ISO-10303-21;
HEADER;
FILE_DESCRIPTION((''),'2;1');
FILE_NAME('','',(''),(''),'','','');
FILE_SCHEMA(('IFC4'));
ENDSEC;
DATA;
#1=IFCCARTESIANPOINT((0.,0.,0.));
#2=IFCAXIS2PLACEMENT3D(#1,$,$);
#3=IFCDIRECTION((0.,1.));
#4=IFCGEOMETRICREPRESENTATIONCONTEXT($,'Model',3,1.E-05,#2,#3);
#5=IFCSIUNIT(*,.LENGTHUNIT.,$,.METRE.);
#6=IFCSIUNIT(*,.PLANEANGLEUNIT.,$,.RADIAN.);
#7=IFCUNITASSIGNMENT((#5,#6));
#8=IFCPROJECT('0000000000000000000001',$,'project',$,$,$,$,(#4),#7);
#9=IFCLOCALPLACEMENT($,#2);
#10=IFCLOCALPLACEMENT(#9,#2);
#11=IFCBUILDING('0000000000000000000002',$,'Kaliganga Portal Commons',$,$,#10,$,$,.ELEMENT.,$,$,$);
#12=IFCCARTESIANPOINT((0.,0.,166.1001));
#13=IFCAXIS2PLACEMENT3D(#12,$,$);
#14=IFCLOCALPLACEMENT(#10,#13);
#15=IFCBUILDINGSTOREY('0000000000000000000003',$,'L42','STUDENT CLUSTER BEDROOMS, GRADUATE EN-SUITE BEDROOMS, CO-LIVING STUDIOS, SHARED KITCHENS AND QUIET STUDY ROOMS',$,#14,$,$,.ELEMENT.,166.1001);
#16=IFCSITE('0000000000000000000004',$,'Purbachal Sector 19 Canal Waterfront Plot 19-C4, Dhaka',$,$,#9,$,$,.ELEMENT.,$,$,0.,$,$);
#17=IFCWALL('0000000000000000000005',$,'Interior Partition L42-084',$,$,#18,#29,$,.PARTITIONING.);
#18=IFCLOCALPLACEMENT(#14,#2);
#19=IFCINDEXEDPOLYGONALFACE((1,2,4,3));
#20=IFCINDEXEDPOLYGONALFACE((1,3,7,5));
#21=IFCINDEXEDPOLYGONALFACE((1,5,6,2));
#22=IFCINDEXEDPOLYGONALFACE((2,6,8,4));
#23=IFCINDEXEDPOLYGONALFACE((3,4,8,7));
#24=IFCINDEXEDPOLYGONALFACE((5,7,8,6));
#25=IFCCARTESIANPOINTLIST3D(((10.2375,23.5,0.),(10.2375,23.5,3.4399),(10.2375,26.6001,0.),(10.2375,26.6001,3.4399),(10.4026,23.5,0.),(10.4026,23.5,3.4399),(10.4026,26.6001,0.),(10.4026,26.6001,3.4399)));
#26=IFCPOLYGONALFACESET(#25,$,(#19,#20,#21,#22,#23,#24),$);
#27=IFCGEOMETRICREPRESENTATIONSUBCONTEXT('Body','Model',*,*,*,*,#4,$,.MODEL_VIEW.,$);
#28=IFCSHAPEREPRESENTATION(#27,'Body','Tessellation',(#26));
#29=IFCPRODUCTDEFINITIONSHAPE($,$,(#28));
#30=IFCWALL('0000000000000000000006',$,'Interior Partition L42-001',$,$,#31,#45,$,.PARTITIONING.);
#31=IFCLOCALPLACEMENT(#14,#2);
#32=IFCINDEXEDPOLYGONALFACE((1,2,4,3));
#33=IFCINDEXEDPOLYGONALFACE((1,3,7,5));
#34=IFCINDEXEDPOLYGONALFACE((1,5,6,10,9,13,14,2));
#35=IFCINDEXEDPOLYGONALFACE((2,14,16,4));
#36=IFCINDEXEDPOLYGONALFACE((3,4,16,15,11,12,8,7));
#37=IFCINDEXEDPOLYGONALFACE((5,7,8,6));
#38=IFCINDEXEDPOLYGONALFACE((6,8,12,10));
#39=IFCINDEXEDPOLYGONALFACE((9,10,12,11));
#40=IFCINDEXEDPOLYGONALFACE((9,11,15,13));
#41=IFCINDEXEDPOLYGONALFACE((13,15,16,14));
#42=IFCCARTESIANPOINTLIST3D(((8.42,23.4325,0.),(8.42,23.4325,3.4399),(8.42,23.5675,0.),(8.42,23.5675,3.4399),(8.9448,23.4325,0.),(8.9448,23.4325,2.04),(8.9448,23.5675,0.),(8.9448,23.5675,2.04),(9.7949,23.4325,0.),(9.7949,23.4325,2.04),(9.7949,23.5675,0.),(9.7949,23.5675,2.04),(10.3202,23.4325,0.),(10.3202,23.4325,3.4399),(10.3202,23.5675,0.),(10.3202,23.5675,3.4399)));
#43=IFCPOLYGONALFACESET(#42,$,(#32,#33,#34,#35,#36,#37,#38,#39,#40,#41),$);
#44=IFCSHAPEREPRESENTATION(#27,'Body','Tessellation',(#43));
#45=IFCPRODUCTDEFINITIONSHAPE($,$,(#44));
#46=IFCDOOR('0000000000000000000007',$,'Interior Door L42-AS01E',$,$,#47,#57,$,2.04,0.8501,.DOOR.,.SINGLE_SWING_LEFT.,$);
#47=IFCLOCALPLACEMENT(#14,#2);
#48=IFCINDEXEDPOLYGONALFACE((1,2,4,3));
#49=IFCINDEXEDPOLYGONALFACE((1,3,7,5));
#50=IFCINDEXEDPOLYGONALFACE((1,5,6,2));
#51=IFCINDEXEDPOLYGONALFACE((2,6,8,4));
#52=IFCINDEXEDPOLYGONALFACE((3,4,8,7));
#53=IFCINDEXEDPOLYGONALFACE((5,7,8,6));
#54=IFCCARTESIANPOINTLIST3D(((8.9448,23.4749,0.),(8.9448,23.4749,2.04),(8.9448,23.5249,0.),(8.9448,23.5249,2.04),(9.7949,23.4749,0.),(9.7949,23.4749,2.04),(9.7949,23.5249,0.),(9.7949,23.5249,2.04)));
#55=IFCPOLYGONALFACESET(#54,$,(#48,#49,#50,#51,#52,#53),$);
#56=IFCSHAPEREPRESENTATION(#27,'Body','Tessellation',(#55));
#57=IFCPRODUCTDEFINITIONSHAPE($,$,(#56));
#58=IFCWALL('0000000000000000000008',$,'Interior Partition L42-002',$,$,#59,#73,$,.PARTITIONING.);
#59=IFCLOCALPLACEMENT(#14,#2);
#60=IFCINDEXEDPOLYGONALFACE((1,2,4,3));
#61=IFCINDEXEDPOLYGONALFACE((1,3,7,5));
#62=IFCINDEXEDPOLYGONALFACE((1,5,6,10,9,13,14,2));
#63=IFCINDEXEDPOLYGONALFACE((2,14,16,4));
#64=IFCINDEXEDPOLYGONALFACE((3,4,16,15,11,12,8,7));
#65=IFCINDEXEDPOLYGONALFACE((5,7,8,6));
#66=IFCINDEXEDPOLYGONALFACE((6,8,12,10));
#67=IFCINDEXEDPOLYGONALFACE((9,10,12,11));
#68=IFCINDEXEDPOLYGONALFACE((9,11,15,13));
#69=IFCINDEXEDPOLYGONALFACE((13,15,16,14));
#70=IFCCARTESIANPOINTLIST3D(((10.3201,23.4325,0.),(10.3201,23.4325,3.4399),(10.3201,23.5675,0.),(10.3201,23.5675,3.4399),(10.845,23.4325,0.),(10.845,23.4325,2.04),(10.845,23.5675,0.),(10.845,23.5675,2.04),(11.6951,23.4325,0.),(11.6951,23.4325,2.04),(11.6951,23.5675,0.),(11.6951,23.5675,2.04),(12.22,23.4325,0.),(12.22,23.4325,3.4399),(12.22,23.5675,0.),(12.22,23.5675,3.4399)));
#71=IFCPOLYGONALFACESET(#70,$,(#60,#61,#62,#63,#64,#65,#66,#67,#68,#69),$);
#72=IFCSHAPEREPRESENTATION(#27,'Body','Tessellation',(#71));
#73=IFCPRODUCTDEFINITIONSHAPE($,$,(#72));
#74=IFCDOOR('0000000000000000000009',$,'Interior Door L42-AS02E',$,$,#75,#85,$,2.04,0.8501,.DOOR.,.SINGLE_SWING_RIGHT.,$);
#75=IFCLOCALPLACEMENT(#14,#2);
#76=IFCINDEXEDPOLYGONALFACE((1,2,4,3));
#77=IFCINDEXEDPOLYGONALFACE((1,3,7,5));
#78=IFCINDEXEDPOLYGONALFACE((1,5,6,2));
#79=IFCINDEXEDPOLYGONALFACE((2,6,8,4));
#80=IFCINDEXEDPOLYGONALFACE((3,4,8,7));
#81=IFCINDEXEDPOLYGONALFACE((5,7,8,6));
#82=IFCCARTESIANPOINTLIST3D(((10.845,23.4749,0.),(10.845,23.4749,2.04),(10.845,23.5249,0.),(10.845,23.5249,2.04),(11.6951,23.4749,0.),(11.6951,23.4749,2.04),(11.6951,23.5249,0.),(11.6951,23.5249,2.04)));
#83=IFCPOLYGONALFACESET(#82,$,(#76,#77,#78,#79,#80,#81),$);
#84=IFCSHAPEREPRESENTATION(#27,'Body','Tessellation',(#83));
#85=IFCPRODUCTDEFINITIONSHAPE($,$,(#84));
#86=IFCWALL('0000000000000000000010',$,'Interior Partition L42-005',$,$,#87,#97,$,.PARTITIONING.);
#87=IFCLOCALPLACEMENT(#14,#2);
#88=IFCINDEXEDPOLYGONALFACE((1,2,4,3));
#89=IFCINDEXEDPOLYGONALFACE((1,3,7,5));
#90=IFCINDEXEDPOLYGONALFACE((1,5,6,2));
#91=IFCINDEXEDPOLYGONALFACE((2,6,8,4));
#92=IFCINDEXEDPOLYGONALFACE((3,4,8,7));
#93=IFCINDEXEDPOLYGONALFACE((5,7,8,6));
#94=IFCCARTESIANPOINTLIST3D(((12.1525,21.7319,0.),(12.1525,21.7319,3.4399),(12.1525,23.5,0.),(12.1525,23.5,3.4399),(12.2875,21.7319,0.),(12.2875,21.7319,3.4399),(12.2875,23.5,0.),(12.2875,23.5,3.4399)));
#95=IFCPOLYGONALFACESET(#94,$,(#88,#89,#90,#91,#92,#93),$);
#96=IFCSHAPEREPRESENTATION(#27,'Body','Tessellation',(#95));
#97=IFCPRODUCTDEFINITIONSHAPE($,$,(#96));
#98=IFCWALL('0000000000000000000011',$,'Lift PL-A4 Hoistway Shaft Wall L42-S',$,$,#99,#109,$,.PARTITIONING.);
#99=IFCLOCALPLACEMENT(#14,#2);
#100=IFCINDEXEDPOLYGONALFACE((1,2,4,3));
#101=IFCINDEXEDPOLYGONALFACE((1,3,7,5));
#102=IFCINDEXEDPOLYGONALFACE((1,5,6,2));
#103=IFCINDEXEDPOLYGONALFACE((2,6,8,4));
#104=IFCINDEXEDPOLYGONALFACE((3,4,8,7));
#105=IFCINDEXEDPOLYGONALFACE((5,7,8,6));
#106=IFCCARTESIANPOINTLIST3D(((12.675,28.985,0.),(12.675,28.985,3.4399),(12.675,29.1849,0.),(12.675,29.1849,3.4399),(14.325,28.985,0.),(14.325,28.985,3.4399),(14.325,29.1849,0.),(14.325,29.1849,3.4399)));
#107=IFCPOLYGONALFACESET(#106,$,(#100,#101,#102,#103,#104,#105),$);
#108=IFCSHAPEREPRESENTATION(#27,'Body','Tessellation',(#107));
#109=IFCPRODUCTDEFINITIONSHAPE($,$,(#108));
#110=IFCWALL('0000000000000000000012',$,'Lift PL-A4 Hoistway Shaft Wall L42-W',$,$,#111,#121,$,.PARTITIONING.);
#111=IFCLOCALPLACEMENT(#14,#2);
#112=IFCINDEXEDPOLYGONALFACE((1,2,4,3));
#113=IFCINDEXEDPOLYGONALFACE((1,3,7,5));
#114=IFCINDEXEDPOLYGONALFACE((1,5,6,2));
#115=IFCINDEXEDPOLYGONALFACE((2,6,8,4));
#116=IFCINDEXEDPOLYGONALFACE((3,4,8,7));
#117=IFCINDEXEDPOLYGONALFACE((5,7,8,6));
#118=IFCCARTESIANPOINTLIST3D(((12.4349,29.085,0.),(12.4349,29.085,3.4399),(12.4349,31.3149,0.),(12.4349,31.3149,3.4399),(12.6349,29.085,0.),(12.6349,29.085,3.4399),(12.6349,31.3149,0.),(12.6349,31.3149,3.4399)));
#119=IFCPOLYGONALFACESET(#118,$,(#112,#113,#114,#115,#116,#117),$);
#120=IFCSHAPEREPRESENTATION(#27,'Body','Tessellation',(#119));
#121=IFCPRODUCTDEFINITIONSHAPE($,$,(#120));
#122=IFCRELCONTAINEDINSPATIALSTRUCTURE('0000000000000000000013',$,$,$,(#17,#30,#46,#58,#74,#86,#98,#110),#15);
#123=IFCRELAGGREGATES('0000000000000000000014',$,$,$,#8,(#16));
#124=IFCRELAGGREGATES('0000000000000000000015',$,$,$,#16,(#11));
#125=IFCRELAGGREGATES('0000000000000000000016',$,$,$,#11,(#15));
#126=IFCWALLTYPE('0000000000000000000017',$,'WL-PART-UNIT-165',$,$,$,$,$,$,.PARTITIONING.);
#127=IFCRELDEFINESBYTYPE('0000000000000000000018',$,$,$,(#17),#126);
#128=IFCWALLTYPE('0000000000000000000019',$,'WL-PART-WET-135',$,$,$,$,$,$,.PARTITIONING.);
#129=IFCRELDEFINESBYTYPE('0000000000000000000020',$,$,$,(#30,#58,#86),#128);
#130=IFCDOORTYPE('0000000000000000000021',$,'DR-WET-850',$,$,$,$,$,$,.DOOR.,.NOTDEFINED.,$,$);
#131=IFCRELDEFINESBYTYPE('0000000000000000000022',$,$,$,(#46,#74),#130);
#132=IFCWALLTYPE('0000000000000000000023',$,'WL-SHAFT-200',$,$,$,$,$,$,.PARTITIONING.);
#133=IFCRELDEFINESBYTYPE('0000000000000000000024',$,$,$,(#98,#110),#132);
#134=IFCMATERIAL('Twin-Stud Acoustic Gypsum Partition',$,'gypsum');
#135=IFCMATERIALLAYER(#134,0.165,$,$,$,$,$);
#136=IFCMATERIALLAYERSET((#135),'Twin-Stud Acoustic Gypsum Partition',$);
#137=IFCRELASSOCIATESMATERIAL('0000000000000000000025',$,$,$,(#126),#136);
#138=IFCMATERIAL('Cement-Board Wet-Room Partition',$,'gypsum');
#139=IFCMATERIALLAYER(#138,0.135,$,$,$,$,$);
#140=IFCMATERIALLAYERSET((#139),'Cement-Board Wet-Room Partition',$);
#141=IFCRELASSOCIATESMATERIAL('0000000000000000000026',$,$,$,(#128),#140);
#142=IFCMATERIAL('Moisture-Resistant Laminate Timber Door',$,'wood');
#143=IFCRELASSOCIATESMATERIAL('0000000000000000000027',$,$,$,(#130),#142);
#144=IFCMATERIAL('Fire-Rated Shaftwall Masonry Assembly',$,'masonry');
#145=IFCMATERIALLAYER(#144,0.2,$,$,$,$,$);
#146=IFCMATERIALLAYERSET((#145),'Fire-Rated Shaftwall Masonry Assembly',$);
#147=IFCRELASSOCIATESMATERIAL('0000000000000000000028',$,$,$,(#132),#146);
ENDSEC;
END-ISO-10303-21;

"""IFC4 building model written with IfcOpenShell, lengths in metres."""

from ifc_helpers import new_model, si_unit, direction, frame, frame_2d, origin, place, context, subcontext, project, spatial, rectangle, extrude, material, layer, layer_set, type_object, element, fill, save


model = new_model("IFC4")

# Units and contexts
model_context = context("Model", 3, precision=1e-05, world=origin(), true_north=direction((0.0, 1.0)))
body_context = subcontext(model_context, "Body", "Model", "MODEL_VIEW")
ifc_project = project(units=[si_unit("LENGTHUNIT", "METRE"), si_unit("PLANEANGLEUNIT", "RADIAN")], contexts=[model_context])

# Site, building, storey
site_placement = place(None, origin())
site = spatial("IfcSite", under=ifc_project, at=site_placement, Name="Purbachal Sector 19 Canal Waterfront Plot 19-C4, Dhaka", CompositionType="ELEMENT", RefElevation=0.0)
building_placement = place(site_placement, origin())
building = spatial("IfcBuilding", under=site, at=building_placement, Name="Kaliganga Portal Commons", CompositionType="ELEMENT")
storey_placement = place(building_placement, frame((0.0, 0.0, 166.1001)))
storey = spatial("IfcBuildingStorey", under=building, at=storey_placement, Name="L42", Description="STUDENT CLUSTER BEDROOMS, GRADUATE EN-SUITE BEDROOMS, CO-LIVING STUDIOS, SHARED KITCHENS AND QUIET STUDY ROOMS", CompositionType="ELEMENT", Elevation=166.1001)

# Wall
ifc_material_1 = material(Name="Twin-Stud Acoustic Gypsum Partition", Category="gypsum")
ifc_layer_1 = layer(ifc_material_1, 0.165)
ifc_layer_set_1 = layer_set([ifc_layer_1], Name="Twin-Stud Acoustic Gypsum Partition")
wall_type_1 = type_object("IfcWallType", Name="WL-PART-UNIT-165", PredefinedType="PARTITIONING", material=ifc_layer_set_1)
wall_1_placement = place(storey_placement, frame((10.3201, 23.5, 0.0), z_axis=(0.0, 0.0, 1.0), x_axis=(0.0, 1.0, 0.0)))
element("IfcWall", 1, at=wall_1_placement, inside=storey, type_object=wall_type_1, Name="Interior Partition L42-084", PredefinedType="PARTITIONING", context=body_context, shape_type="SweptSolid", body=[
    extrude(rectangle(XDim=3.1001, YDim=0.165, at=frame_2d((1.55, 0.0))), origin(), (0.0, 0.0, 1.0), 3.4399),
])

# Walls, openings, doors
ifc_material_2 = material(Name="Cement-Board Wet-Room Partition", Category="gypsum")
ifc_layer_2 = layer(ifc_material_2, 0.135)
ifc_layer_set_2 = layer_set([ifc_layer_2], Name="Cement-Board Wet-Room Partition")
wall_type_2 = type_object("IfcWallType", Name="WL-PART-WET-135", PredefinedType="PARTITIONING", material=ifc_layer_set_2)
wall_2_placement = place(storey_placement, frame((8.4199, 23.5, 0.0), z_axis=(0.0, 0.0, 1.0), x_axis=(1.0, 0.0, 0.0)))
wall_2 = element("IfcWall", 2, at=wall_2_placement, inside=storey, type_object=wall_type_2, Name="Interior Partition L42-001", PredefinedType="PARTITIONING", context=body_context, shape_type="SweptSolid", body=[
    extrude(rectangle(XDim=1.9001, YDim=0.135, at=frame_2d((0.9502, 0.0))), origin(), (0.0, 0.0, 1.0), 3.4399),
])
opening_1_placement = place(wall_2_placement, frame((0.5249, 0.0, 0.0)))
opening_1 = element("IfcOpeningElement", 3, at=opening_1_placement, cuts=wall_2, PredefinedType="OPENING", context=body_context, shape_type="SweptSolid", body=[
    extrude(rectangle(XDim=0.8501, YDim=2.04, at=frame_2d((0.425, 1.02))), frame((0.0, 0.0776, 0.0), z_axis=(0.0, -1.0, 0.0), x_axis=(1.0, 0.0, 0.0)), (0.0, 0.0, 1.0), 0.155),
])
ifc_material_3 = material(Name="Moisture-Resistant Laminate Timber Door", Category="wood")
door_type_1 = type_object("IfcDoorType", Name="DR-WET-850", OperationType="NOTDEFINED", PredefinedType="DOOR", material=ifc_material_3)
door_1_placement = place(opening_1_placement, origin())
door_1 = element("IfcDoor", 4, at=door_1_placement, inside=storey, type_object=door_type_1, Name="Interior Door L42-AS01E", OperationType="SINGLE_SWING_LEFT", OverallHeight=2.04, OverallWidth=0.8501, PredefinedType="DOOR", context=body_context, shape_type="SweptSolid", body=[
    extrude(rectangle(XDim=0.8501, YDim=2.04, at=frame_2d((0.425, 1.02))), frame((0.0, 0.0249, 0.0), z_axis=(0.0, -1.0, 0.0), x_axis=(1.0, 0.0, 0.0)), (0.0, 0.0, 1.0), 0.05),
])
fill(opening_1, door_1)
wall_3_placement = place(storey_placement, frame((10.3201, 23.5, 0.0), z_axis=(0.0, 0.0, 1.0), x_axis=(1.0, 0.0, 0.0)))
wall_3 = element("IfcWall", 5, at=wall_3_placement, inside=storey, type_object=wall_type_2, Name="Interior Partition L42-002", PredefinedType="PARTITIONING", context=body_context, shape_type="SweptSolid", body=[
    extrude(rectangle(XDim=1.8999, YDim=0.135, at=frame_2d((0.95, 0.0))), origin(), (0.0, 0.0, 1.0), 3.4399),
])
opening_2_placement = place(wall_3_placement, frame((0.5249, 0.0, 0.0)))
opening_2 = element("IfcOpeningElement", 6, at=opening_2_placement, cuts=wall_3, PredefinedType="OPENING", context=body_context, shape_type="SweptSolid", body=[
    extrude(rectangle(XDim=0.8501, YDim=2.04, at=frame_2d((0.425, 1.02))), frame((0.0, 0.0776, 0.0), z_axis=(0.0, -1.0, 0.0), x_axis=(1.0, 0.0, 0.0)), (0.0, 0.0, 1.0), 0.155),
])
door_2_placement = place(opening_2_placement, origin())
door_2 = element("IfcDoor", 7, at=door_2_placement, inside=storey, type_object=door_type_1, Name="Interior Door L42-AS02E", OperationType="SINGLE_SWING_RIGHT", OverallHeight=2.04, OverallWidth=0.8501, PredefinedType="DOOR", context=body_context, shape_type="SweptSolid", body=[
    extrude(rectangle(XDim=0.8501, YDim=2.04, at=frame_2d((0.425, 1.02))), frame((0.0, 0.0249, 0.0), z_axis=(0.0, -1.0, 0.0), x_axis=(1.0, 0.0, 0.0)), (0.0, 0.0, 1.0), 0.05),
])
fill(opening_2, door_2)

# Walls
wall_4_placement = place(storey_placement, frame((12.22, 21.7319, 0.0), z_axis=(0.0, 0.0, 1.0), x_axis=(0.0, 1.0, 0.0)))
element("IfcWall", 8, at=wall_4_placement, inside=storey, type_object=wall_type_2, Name="Interior Partition L42-005", PredefinedType="PARTITIONING", context=body_context, shape_type="SweptSolid", body=[
    extrude(rectangle(XDim=1.7681, YDim=0.135, at=frame_2d((0.884, 0.0))), origin(), (0.0, 0.0, 1.0), 3.4399),
])
ifc_material_4 = material(Name="Fire-Rated Shaftwall Masonry Assembly", Category="masonry")
ifc_layer_3 = layer(ifc_material_4, 0.2)
ifc_layer_set_3 = layer_set([ifc_layer_3], Name="Fire-Rated Shaftwall Masonry Assembly")
wall_type_3 = type_object("IfcWallType", Name="WL-SHAFT-200", PredefinedType="PARTITIONING", material=ifc_layer_set_3)
wall_5_placement = place(storey_placement, frame((12.675, 29.085, 0.0), z_axis=(0.0, 0.0, 1.0), x_axis=(1.0, 0.0, 0.0)))
element("IfcWall", 9, at=wall_5_placement, inside=storey, type_object=wall_type_3, Name="Lift PL-A4 Hoistway Shaft Wall L42-S", PredefinedType="PARTITIONING", context=body_context, shape_type="SweptSolid", body=[
    extrude(rectangle(XDim=1.6499, YDim=0.2, at=frame_2d((0.825, 0.0))), origin(), (0.0, 0.0, 1.0), 3.4399),
])
wall_6_placement = place(storey_placement, frame((12.5349, 29.085, 0.0), z_axis=(0.0, 0.0, 1.0), x_axis=(0.0, 1.0, 0.0)))
element("IfcWall", 10, at=wall_6_placement, inside=storey, type_object=wall_type_3, Name="Lift PL-A4 Hoistway Shaft Wall L42-W", PredefinedType="PARTITIONING", context=body_context, shape_type="SweptSolid", body=[
    extrude(rectangle(XDim=2.23, YDim=0.2, at=frame_2d((1.115, 0.0))), origin(), (0.0, 0.0, 1.0), 3.4399),
])

save(model, "model.ifc")
